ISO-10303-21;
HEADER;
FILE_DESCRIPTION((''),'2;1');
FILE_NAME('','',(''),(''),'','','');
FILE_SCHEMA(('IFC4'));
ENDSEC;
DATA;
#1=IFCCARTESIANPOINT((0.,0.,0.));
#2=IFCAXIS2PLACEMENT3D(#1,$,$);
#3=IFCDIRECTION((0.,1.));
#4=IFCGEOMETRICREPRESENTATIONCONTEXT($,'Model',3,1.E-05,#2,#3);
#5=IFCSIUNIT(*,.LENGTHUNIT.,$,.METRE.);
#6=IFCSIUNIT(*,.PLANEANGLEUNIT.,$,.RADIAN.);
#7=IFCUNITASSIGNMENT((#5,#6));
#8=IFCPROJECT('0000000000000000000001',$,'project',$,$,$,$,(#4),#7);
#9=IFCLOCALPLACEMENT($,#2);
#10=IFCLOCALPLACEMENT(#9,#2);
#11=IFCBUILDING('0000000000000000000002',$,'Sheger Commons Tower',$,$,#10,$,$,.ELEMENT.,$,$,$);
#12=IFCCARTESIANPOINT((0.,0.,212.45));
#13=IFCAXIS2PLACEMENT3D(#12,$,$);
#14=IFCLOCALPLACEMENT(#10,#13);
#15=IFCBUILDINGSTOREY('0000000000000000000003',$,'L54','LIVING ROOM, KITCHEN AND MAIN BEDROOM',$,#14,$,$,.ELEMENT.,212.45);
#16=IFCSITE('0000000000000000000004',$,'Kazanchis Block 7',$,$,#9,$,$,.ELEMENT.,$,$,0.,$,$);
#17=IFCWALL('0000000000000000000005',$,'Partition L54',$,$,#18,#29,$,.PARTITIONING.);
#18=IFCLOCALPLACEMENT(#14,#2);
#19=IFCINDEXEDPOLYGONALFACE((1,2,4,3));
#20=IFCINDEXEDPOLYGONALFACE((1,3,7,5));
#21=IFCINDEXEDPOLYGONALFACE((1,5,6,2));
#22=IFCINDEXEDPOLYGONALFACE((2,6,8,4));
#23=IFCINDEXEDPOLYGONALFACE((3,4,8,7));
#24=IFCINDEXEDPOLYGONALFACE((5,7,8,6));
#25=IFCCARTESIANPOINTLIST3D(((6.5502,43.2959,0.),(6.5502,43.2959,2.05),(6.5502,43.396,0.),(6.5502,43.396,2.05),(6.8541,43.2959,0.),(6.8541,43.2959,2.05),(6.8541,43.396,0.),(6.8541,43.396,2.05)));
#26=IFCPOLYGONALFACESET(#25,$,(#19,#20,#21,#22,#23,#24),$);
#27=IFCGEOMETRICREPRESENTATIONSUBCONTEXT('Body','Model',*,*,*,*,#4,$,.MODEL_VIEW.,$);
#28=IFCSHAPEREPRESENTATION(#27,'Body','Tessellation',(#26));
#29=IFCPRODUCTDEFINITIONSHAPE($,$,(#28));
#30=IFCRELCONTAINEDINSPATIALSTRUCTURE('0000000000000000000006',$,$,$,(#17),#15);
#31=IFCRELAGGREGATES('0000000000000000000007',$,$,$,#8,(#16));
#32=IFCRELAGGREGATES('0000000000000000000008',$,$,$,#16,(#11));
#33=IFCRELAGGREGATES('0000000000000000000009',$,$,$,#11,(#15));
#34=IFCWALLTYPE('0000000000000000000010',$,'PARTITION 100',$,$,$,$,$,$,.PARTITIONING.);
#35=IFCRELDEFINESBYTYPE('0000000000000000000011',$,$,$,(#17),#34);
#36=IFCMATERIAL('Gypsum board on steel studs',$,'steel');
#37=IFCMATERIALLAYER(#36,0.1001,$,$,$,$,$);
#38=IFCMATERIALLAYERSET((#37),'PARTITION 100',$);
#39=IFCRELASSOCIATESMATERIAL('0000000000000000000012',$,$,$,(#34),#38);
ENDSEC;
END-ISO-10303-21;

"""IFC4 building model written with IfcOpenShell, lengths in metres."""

from ifc_helpers import new_model, si_unit, direction, frame, frame_2d, origin, place, context, subcontext, project, spatial, rectangle, extrude, material, layer, layer_set, type_object, element, save


model = new_model("IFC4")

# Units and contexts
model_context = context("Model", 3, precision=1e-05, world=origin(), true_north=direction((0.0, 1.0)))
body_context = subcontext(model_context, "Body", "Model", "MODEL_VIEW")
ifc_project = project(units=[si_unit("LENGTHUNIT", "METRE"), si_unit("PLANEANGLEUNIT", "RADIAN")], contexts=[model_context])

# Site, building, storey
site_placement = place(None, origin())
site = spatial("IfcSite", under=ifc_project, at=site_placement, Name="Kazanchis Block 7", CompositionType="ELEMENT", RefElevation=0.0)
building_placement = place(site_placement, origin())
building = spatial("IfcBuilding", under=site, at=building_placement, Name="Sheger Commons Tower", CompositionType="ELEMENT")
storey_placement = place(building_placement, frame((0.0, 0.0, 212.45)))
storey = spatial("IfcBuildingStorey", under=building, at=storey_placement, Name="L54", Description="LIVING ROOM, KITCHEN AND MAIN BEDROOM", CompositionType="ELEMENT", Elevation=212.45)

# Wall
ifc_material_1 = material(Name="Gypsum board on steel studs", Category="steel")
ifc_layer_1 = layer(ifc_material_1, 0.1001)
ifc_layer_set_1 = layer_set([ifc_layer_1], Name="PARTITION 100")
wall_type_1 = type_object("IfcWallType", Name="PARTITION 100", PredefinedType="PARTITIONING", material=ifc_layer_set_1)
wall_1_placement = place(storey_placement, frame((6.854, 43.3459, 0.0), z_axis=(0.0, 0.0, 1.0), x_axis=(-1.0, 0.0, 0.0)))
element("IfcWall", 1, at=wall_1_placement, inside=storey, type_object=wall_type_1, Name="Partition L54", PredefinedType="PARTITIONING", context=body_context, shape_type="SweptSolid", body=[
    extrude(rectangle(XDim=0.304, YDim=0.1001, at=frame_2d((0.1519, 0.0))), origin(), (0.0, 0.0, 1.0), 2.05),
])

save(model, "model.ifc")
